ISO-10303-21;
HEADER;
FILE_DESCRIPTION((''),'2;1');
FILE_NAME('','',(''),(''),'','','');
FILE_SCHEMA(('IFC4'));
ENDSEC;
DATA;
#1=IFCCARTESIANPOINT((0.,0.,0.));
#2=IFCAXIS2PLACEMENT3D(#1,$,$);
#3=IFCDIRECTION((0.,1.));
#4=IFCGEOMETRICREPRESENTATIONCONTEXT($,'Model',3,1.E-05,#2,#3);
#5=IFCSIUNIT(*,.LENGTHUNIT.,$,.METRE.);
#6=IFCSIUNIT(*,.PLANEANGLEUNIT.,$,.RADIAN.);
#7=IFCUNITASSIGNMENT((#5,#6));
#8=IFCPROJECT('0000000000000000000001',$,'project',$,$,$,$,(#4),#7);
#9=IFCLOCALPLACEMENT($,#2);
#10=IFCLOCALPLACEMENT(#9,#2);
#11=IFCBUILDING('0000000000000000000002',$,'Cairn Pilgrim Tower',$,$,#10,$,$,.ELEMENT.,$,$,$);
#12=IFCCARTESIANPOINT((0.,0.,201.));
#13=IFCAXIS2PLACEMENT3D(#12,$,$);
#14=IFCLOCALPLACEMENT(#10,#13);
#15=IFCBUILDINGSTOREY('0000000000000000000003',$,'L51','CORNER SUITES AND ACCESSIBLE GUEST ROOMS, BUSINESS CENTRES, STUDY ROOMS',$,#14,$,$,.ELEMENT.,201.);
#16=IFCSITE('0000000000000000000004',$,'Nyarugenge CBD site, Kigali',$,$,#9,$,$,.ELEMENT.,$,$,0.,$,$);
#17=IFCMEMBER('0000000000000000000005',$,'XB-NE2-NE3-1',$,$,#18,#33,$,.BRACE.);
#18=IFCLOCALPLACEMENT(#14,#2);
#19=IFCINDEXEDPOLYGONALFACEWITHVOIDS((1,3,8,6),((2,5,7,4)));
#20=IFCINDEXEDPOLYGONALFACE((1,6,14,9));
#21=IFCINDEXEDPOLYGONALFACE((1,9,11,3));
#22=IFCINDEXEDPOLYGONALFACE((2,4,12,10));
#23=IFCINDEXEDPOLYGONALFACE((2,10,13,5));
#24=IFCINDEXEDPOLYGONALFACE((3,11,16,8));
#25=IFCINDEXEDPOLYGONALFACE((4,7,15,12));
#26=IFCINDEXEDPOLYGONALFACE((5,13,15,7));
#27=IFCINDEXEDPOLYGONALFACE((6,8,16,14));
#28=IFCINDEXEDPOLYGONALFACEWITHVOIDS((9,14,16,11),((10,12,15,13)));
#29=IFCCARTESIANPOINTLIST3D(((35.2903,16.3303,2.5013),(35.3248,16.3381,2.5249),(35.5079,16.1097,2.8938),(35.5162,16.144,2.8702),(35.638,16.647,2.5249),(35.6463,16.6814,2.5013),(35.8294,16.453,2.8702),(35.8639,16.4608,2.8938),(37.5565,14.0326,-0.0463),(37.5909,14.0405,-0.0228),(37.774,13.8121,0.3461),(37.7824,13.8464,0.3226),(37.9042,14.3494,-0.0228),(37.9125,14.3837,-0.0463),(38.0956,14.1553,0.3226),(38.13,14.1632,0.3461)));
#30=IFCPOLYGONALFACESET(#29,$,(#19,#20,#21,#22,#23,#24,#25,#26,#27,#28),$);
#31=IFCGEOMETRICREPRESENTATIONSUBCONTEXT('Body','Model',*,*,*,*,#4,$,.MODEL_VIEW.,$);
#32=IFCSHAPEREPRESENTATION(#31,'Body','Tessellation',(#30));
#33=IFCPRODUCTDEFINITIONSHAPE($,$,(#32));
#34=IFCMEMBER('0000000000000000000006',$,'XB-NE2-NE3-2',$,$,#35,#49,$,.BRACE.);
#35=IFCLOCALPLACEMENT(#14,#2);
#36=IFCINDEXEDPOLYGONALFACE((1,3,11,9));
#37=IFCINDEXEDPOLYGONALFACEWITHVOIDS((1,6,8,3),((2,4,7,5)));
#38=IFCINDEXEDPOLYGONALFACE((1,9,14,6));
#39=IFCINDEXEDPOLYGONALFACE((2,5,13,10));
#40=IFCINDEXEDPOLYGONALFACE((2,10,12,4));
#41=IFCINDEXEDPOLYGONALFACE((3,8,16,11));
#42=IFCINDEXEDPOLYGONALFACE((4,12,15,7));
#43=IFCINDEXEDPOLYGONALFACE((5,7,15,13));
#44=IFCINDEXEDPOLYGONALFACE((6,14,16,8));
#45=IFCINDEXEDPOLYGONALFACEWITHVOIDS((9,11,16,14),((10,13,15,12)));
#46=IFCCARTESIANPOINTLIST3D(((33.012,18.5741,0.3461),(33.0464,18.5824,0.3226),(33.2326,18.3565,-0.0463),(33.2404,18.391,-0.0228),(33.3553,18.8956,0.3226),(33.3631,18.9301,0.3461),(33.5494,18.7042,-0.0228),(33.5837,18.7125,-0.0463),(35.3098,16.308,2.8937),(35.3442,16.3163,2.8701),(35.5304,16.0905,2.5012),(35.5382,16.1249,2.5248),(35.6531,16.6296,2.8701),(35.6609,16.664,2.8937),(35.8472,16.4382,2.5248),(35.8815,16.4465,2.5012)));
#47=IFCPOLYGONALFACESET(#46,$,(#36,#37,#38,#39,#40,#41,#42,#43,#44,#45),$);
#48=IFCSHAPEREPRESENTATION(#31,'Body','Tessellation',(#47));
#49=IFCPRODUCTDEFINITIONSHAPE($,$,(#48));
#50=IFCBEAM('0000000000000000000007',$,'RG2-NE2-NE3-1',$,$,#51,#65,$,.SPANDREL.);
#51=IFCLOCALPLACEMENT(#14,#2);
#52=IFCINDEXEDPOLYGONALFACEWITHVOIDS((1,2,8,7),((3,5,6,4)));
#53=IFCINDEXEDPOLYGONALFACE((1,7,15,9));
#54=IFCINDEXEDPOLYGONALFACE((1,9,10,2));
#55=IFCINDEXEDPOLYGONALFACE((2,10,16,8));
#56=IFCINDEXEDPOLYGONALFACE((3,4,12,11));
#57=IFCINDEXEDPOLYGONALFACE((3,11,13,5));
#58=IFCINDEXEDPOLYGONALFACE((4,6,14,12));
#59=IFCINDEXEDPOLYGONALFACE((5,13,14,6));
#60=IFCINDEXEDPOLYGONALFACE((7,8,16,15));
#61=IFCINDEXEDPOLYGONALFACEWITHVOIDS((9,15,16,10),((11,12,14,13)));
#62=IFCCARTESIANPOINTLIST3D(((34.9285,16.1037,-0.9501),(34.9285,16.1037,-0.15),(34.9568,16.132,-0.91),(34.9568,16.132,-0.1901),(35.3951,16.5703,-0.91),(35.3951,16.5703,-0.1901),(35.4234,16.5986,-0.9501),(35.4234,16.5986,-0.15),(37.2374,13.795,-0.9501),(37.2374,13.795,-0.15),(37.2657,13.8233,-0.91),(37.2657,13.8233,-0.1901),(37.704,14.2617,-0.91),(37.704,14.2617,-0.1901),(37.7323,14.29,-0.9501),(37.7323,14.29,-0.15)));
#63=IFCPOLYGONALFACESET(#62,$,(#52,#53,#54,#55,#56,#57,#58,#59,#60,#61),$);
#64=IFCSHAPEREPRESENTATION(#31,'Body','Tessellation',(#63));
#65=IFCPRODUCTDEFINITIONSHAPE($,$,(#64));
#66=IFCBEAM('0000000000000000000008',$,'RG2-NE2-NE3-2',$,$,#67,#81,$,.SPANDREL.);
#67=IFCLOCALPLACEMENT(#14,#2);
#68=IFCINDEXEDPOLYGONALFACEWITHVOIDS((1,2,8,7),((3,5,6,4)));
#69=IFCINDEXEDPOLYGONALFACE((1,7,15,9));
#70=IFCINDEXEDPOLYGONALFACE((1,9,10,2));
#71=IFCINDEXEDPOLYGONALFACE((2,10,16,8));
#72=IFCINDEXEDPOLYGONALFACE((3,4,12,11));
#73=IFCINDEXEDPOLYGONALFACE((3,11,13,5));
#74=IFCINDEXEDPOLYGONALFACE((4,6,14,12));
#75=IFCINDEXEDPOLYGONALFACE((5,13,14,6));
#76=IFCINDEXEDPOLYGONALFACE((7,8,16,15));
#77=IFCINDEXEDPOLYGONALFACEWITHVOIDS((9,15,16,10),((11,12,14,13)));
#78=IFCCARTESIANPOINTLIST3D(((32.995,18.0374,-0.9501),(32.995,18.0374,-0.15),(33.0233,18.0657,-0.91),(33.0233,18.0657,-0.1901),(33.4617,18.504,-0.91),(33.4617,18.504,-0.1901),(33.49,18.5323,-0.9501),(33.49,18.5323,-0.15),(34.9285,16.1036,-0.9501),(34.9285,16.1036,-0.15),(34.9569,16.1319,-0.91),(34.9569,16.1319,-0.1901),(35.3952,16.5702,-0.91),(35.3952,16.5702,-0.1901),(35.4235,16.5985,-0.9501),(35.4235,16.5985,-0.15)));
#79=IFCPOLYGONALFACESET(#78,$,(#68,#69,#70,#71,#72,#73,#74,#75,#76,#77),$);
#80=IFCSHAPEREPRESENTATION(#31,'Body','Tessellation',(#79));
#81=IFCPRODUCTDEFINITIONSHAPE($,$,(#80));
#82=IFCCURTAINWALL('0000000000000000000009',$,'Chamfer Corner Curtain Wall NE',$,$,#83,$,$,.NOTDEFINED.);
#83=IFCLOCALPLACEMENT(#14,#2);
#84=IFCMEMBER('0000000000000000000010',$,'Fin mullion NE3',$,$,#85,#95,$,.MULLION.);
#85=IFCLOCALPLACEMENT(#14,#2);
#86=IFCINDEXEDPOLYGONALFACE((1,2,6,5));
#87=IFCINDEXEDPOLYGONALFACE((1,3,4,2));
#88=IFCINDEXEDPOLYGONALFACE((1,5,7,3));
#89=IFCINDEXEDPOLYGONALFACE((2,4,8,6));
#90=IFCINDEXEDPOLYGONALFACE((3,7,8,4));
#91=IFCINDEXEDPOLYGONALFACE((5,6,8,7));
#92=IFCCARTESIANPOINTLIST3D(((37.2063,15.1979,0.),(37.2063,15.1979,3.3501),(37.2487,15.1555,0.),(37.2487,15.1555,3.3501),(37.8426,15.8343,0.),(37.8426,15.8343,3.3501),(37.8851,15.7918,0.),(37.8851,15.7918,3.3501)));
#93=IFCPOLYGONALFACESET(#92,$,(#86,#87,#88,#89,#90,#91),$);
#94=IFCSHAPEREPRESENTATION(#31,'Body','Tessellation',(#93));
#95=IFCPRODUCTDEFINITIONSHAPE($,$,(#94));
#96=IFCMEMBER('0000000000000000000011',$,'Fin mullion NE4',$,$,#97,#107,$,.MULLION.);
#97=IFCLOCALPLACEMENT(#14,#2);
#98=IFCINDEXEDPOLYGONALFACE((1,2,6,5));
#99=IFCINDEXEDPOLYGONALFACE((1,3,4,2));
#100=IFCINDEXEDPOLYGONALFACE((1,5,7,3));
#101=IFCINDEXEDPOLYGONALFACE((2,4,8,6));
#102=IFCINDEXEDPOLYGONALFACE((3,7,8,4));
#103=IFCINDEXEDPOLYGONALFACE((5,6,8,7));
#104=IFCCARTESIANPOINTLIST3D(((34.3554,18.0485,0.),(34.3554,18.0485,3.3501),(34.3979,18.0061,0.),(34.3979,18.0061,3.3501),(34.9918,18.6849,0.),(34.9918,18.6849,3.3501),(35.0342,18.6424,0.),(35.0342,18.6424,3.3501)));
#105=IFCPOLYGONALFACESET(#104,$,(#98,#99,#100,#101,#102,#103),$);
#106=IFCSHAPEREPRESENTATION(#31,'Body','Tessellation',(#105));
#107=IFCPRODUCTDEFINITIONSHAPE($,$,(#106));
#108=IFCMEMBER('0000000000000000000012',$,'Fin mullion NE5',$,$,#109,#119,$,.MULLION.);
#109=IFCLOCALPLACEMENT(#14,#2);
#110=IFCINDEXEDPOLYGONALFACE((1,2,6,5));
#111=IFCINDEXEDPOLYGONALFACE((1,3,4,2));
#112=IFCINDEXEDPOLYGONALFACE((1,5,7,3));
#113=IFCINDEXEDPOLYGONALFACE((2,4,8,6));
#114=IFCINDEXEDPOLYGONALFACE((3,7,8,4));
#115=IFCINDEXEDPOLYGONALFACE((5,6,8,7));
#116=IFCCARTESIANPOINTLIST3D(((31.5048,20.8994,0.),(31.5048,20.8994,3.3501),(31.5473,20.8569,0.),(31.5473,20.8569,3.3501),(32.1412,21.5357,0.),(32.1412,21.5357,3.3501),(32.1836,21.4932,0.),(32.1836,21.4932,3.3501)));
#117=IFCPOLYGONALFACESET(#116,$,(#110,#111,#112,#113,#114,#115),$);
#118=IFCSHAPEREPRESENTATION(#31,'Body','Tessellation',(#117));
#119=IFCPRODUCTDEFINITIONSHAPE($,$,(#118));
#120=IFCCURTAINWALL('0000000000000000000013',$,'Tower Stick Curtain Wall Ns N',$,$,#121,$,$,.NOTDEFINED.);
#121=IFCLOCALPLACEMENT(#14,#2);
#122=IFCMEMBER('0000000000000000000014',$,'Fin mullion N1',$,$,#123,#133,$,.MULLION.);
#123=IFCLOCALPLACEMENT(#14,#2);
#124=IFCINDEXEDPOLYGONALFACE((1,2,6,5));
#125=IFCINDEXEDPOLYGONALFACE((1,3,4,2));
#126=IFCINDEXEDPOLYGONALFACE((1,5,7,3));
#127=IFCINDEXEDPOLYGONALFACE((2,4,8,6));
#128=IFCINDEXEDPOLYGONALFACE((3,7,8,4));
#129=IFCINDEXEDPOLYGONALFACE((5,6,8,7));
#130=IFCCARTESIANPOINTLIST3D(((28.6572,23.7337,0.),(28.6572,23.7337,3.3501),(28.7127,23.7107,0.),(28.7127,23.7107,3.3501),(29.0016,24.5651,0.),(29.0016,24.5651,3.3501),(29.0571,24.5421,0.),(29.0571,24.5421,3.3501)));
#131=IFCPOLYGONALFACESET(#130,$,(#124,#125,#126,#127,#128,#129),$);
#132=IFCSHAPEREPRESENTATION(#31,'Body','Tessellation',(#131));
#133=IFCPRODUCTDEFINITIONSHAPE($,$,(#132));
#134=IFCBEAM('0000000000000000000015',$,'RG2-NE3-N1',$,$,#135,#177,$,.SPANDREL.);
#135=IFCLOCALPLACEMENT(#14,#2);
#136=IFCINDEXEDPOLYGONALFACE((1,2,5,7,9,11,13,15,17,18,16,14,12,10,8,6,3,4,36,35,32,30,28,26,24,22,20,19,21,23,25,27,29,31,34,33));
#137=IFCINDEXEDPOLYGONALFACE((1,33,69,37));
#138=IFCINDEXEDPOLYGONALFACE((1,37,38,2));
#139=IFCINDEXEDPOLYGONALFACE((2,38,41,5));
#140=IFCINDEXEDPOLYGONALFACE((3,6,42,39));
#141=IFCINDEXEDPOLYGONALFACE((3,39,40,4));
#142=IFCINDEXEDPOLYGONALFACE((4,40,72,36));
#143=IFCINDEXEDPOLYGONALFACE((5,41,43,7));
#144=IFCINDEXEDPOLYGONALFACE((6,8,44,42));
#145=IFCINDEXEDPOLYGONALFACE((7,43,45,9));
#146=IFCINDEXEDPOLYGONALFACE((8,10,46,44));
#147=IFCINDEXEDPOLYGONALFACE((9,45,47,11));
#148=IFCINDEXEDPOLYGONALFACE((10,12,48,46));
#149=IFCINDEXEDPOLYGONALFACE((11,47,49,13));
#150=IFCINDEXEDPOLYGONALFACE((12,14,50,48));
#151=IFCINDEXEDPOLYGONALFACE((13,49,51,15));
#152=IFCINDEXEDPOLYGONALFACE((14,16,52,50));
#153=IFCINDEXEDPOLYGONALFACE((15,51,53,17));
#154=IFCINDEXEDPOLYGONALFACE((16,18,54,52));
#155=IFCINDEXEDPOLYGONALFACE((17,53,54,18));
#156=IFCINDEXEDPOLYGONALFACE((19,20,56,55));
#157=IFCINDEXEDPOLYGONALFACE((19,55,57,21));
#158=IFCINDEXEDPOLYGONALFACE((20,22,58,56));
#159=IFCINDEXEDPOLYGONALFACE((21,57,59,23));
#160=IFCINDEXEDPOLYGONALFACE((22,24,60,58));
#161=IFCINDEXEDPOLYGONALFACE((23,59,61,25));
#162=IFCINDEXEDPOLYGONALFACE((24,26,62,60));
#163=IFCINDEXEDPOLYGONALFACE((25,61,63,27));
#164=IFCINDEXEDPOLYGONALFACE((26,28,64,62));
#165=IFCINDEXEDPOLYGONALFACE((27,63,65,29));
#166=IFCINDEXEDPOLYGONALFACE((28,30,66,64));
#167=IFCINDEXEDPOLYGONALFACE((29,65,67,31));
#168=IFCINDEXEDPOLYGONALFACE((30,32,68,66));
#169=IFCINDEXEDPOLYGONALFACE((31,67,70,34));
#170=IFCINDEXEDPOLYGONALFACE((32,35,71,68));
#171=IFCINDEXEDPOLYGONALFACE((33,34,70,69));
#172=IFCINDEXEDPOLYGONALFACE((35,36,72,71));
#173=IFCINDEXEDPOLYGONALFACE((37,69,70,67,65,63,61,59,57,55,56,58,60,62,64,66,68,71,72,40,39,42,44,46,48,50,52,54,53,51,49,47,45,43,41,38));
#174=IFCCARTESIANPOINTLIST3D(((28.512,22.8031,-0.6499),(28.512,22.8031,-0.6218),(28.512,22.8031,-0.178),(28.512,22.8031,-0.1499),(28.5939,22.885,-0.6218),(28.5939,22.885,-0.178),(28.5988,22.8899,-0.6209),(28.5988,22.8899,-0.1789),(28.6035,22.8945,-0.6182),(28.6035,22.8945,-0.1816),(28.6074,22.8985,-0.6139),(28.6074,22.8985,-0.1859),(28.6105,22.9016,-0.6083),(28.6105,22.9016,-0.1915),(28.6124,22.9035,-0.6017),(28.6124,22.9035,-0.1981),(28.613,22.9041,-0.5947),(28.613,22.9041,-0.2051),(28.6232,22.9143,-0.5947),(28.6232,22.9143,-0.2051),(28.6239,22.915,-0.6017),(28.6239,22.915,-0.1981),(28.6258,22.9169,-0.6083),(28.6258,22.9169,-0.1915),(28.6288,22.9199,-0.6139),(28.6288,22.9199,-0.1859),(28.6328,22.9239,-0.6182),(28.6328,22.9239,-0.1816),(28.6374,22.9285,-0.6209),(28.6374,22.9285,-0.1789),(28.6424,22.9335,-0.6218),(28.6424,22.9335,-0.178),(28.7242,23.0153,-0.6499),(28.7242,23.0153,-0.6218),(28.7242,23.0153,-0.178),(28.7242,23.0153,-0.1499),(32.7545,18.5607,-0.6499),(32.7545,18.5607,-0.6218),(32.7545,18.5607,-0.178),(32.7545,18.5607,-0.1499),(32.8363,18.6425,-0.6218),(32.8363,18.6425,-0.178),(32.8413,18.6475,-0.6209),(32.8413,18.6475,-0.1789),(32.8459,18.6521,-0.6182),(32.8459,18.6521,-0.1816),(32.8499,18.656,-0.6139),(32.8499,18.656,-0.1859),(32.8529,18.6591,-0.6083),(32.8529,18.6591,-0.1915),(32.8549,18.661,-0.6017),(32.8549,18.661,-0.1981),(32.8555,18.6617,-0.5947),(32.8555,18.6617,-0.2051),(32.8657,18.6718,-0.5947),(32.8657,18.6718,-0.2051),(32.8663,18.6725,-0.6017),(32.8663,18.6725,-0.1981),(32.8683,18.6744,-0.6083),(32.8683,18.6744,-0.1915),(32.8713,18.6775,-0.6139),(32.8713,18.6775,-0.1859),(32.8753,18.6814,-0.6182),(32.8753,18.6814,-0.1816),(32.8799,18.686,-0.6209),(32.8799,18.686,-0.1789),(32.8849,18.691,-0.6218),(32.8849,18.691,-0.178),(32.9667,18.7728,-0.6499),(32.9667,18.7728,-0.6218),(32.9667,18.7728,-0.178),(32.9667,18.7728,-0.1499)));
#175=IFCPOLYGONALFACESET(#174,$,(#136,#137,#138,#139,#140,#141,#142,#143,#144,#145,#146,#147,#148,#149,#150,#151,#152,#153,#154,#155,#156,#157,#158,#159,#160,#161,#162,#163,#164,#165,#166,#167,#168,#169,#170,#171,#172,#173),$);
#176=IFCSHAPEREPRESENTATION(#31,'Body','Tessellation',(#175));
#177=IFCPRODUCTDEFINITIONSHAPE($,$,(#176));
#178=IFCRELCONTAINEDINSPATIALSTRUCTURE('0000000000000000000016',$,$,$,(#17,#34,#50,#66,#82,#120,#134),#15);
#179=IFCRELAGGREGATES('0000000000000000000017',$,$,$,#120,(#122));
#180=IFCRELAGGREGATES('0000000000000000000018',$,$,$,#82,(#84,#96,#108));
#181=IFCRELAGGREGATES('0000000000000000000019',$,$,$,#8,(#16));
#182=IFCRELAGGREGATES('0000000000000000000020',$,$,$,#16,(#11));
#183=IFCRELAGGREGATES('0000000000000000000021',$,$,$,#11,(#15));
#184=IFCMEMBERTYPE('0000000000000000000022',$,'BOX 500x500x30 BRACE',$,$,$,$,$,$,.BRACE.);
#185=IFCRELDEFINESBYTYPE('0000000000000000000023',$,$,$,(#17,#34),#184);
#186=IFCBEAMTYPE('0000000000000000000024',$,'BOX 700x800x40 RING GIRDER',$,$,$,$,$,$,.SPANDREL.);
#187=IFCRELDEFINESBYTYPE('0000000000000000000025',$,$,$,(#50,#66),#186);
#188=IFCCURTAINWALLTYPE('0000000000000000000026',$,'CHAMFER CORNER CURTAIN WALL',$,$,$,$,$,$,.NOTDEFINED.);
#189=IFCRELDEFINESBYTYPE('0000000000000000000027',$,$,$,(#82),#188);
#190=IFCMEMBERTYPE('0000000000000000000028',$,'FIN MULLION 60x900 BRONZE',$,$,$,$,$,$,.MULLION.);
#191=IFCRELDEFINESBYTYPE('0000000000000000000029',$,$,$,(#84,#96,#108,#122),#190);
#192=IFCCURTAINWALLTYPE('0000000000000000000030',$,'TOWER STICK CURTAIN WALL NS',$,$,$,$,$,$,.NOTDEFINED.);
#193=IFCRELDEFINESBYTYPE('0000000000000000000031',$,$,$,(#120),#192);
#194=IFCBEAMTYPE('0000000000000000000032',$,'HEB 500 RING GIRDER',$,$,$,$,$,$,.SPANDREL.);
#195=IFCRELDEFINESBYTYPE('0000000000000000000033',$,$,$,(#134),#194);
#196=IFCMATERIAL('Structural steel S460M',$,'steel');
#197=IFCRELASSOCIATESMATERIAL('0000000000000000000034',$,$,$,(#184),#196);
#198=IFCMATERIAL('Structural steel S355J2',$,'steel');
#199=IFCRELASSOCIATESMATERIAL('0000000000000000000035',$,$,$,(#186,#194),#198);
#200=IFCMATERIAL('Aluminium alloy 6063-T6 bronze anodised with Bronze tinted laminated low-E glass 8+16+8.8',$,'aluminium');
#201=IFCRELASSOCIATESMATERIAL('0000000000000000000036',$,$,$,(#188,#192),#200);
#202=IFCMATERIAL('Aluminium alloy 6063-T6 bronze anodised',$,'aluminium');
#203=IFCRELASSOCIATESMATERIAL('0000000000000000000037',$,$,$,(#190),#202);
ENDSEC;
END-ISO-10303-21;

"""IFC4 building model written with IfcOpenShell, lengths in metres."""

from ifc_helpers import new_model, si_unit, direction, frame, origin, origin_2d, place, context, subcontext, project, spatial, rectangle, hollow_rectangle, i_section, extrude, material, material_profile, profile_set, type_object, element, aggregate, save


model = new_model("IFC4")

# Units and contexts
model_context = context("Model", 3, precision=1e-05, world=origin(), true_north=direction((0.0, 1.0)))
body_context = subcontext(model_context, "Body", "Model", "MODEL_VIEW")
ifc_project = project(units=[si_unit("LENGTHUNIT", "METRE"), si_unit("PLANEANGLEUNIT", "RADIAN")], contexts=[model_context])

# Site, building, storey
site_placement = place(None, origin())
site = spatial("IfcSite", under=ifc_project, at=site_placement, Name="Nyarugenge CBD site, Kigali", CompositionType="ELEMENT", RefElevation=0.0)
building_placement = place(site_placement, origin())
building = spatial("IfcBuilding", under=site, at=building_placement, Name="Cairn Pilgrim Tower", CompositionType="ELEMENT")
storey_placement = place(building_placement, frame((0.0, 0.0, 201.0)))
storey = spatial("IfcBuildingStorey", under=building, at=storey_placement, Name="L51", Description="CORNER SUITES AND ACCESSIBLE GUEST ROOMS, BUSINESS CENTRES, STUDY ROOMS", CompositionType="ELEMENT", Elevation=201.0)

# Shared definitions
ifc_material_1 = material(Name="Structural steel S460M", Category="steel")

# Members
ifc_material_profile_1 = material_profile(ifc_material_1, hollow_rectangle(XDim=0.5, YDim=0.5, WallThickness=0.03, at=origin_2d()), Name="BOX 500x500x30")
ifc_profile_set_1 = profile_set([ifc_material_profile_1], Name="Structural steel S460M")
member_type_1 = type_object("IfcMemberType", Name="BOX 500x500x30 BRACE", PredefinedType="BRACE", material=ifc_profile_set_1)
for number, where, z_axis, x_axis, name in (
    (1, (37.8433, 14.0979, 0.1499), (-0.551162, 0.558822, 0.619627), (-0.71197, -0.70221, 0.0), "XB-NE2-NE3-1"),
    (2, (33.2979, 18.6433, 0.1499), (0.558863, -0.551144, 0.619607), (0.702173, 0.712007, 0.0), "XB-NE2-NE3-2"),
):
    element("IfcMember", number, at=place(storey_placement, frame(where, z_axis=z_axis, x_axis=x_axis)), inside=storey, type_object=member_type_1, Name=name, PredefinedType="BRACE", context=body_context, shape_type="SweptSolid", body=[
        extrude(hollow_rectangle(XDim=0.5, YDim=0.5, WallThickness=0.03, at=origin_2d()), origin(), (0.0, 0.0, 1.0), 4.1116),
    ])

# Beams
ifc_material_2 = material(Name="Structural steel S355J2", Category="steel")
ifc_material_profile_2 = material_profile(ifc_material_2, hollow_rectangle(XDim=0.7, YDim=0.8, WallThickness=0.04, at=origin_2d()), Name="BOX 700x800x40")
ifc_profile_set_2 = profile_set([ifc_material_profile_2], Name="Structural steel S355J2")
beam_type_1 = type_object("IfcBeamType", Name="BOX 700x800x40 RING GIRDER", PredefinedType="SPANDREL", material=ifc_profile_set_2)
beam_1_placement = place(storey_placement, frame((37.4849, 14.0425, -0.55), z_axis=(-0.707144, 0.707069, 0.0), x_axis=(-0.707069, -0.707144, 0.0)))
element("IfcBeam", 3, at=beam_1_placement, inside=storey, type_object=beam_type_1, Name="RG2-NE2-NE3-1", PredefinedType="SPANDREL", context=body_context, shape_type="SweptSolid", body=[
    extrude(hollow_rectangle(XDim=0.7, YDim=0.8, WallThickness=0.04, at=origin_2d()), origin(), (0.0, 0.0, 1.0), 3.2651),
])
beam_2_placement = place(storey_placement, frame((35.176, 16.3511, -0.55), z_axis=(-0.707062, 0.707151, 0.0), x_axis=(-0.707151, -0.707062, 0.0)))
element("IfcBeam", 4, at=beam_2_placement, inside=storey, type_object=beam_type_1, Name="RG2-NE2-NE3-2", PredefinedType="SPANDREL", context=body_context, shape_type="SweptSolid", body=[
    extrude(hollow_rectangle(XDim=0.7, YDim=0.8, WallThickness=0.04, at=origin_2d()), origin(), (0.0, 0.0, 1.0), 2.7346),
])

# Curtain wall, members
ifc_material_3 = material(Name="Aluminium alloy 6063-T6 bronze anodised with Bronze tinted laminated low-E glass 8+16+8.8", Category="aluminium")
curtain_wall_type_1 = type_object("IfcCurtainWallType", Name="CHAMFER CORNER CURTAIN WALL", PredefinedType="NOTDEFINED", material=ifc_material_3)
curtain_wall_1_placement = place(storey_placement, origin())
curtain_wall_1 = element("IfcCurtainWall", 5, at=curtain_wall_1_placement, inside=storey, type_object=curtain_wall_type_1, Name="Chamfer Corner Curtain Wall NE", PredefinedType="NOTDEFINED")
ifc_material_4 = material(Name="Aluminium alloy 6063-T6 bronze anodised", Category="aluminium")
ifc_material_profile_3 = material_profile(ifc_material_4, rectangle(XDim=0.8999, YDim=0.0601, at=origin_2d()), Name="FIN MULLION 60x900 BRONZE")
ifc_profile_set_3 = profile_set([ifc_material_profile_3], Name="Aluminium alloy 6063-T6 bronze anodised")
member_type_2 = type_object("IfcMemberType", Name="FIN MULLION 60x900 BRONZE", PredefinedType="MULLION", material=ifc_profile_set_3)
member_1_placement = place(storey_placement, frame((37.5457, 15.4949, 0.0), z_axis=(0.0, 0.0, 1.0), x_axis=(0.707107, 0.707107, 0.0)))
member_1 = element("IfcMember", 6, at=member_1_placement, type_object=member_type_2, Name="Fin mullion NE3", PredefinedType="MULLION", context=body_context, shape_type="SweptSolid", body=[
    extrude(rectangle(XDim=0.8999, YDim=0.0601, at=origin_2d()), origin(), (0.0, 0.0, 1.0), 3.3501),
])
member_2_placement = place(storey_placement, frame((34.6948, 18.3455, 0.0), z_axis=(0.0, 0.0, 1.0), x_axis=(0.707107, 0.707107, 0.0)))
member_2 = element("IfcMember", 7, at=member_2_placement, type_object=member_type_2, Name="Fin mullion NE4", PredefinedType="MULLION", context=body_context, shape_type="SweptSolid", body=[
    extrude(rectangle(XDim=0.8999, YDim=0.0601, at=origin_2d()), origin(), (0.0, 0.0, 1.0), 3.3501),
])
member_3_placement = place(storey_placement, frame((31.8442, 21.1963, 0.0), z_axis=(0.0, 0.0, 1.0), x_axis=(0.707107, 0.707107, 0.0)))
member_3 = element("IfcMember", 8, at=member_3_placement, type_object=member_type_2, Name="Fin mullion NE5", PredefinedType="MULLION", context=body_context, shape_type="SweptSolid", body=[
    extrude(rectangle(XDim=0.8999, YDim=0.0601, at=origin_2d()), origin(), (0.0, 0.0, 1.0), 3.3501),
])

# Curtain wall, member
curtain_wall_type_2 = type_object("IfcCurtainWallType", Name="TOWER STICK CURTAIN WALL NS", PredefinedType="NOTDEFINED", material=ifc_material_3)
curtain_wall_2_placement = place(storey_placement, origin())
curtain_wall_2 = element("IfcCurtainWall", 9, at=curtain_wall_2_placement, inside=storey, type_object=curtain_wall_type_2, Name="Tower Stick Curtain Wall Ns N", PredefinedType="NOTDEFINED")
member_4_placement = place(storey_placement, frame((28.8572, 24.1379, 0.0), z_axis=(0.0, 0.0, 1.0), x_axis=(0.382683, 0.92388, 0.0)))
member_4 = element("IfcMember", 10, at=member_4_placement, type_object=member_type_2, Name="Fin mullion N1", PredefinedType="MULLION", context=body_context, shape_type="SweptSolid", body=[
    extrude(rectangle(XDim=0.8999, YDim=0.0601, at=origin_2d()), origin(), (0.0, 0.0, 1.0), 3.3501),
])
aggregate(curtain_wall_2, [member_4])

# Beam
ifc_material_profile_4 = material_profile(ifc_material_2, i_section(OverallWidth=0.3, OverallDepth=0.5, WebThickness=0.0144, FlangeThickness=0.0281, FilletRadius=0.0271, at=origin_2d()), Name="HEB 500")
ifc_profile_set_4 = profile_set([ifc_material_profile_4], Name="Structural steel S355J2")
beam_type_2 = type_object("IfcBeamType", Name="HEB 500 RING GIRDER", PredefinedType="SPANDREL", material=ifc_profile_set_4)
beam_3_placement = place(storey_placement, frame((32.8606, 18.6667, -0.3999), z_axis=(-0.707107, 0.707107, 0.0), x_axis=(-0.707107, -0.707107, 0.0)))
element("IfcBeam", 11, at=beam_3_placement, inside=storey, type_object=beam_type_2, Name="RG2-NE3-N1", PredefinedType="SPANDREL", context=body_context, shape_type="SweptSolid", body=[
    extrude(i_section(OverallWidth=0.3, OverallDepth=0.5, WebThickness=0.0144, FlangeThickness=0.0281, FilletRadius=0.0271, at=origin_2d()), origin(), (0.0, 0.0, 1.0), 5.9998),
])

aggregate(curtain_wall_1, [member_1, member_2, member_3])

save(model, "model.ifc")
